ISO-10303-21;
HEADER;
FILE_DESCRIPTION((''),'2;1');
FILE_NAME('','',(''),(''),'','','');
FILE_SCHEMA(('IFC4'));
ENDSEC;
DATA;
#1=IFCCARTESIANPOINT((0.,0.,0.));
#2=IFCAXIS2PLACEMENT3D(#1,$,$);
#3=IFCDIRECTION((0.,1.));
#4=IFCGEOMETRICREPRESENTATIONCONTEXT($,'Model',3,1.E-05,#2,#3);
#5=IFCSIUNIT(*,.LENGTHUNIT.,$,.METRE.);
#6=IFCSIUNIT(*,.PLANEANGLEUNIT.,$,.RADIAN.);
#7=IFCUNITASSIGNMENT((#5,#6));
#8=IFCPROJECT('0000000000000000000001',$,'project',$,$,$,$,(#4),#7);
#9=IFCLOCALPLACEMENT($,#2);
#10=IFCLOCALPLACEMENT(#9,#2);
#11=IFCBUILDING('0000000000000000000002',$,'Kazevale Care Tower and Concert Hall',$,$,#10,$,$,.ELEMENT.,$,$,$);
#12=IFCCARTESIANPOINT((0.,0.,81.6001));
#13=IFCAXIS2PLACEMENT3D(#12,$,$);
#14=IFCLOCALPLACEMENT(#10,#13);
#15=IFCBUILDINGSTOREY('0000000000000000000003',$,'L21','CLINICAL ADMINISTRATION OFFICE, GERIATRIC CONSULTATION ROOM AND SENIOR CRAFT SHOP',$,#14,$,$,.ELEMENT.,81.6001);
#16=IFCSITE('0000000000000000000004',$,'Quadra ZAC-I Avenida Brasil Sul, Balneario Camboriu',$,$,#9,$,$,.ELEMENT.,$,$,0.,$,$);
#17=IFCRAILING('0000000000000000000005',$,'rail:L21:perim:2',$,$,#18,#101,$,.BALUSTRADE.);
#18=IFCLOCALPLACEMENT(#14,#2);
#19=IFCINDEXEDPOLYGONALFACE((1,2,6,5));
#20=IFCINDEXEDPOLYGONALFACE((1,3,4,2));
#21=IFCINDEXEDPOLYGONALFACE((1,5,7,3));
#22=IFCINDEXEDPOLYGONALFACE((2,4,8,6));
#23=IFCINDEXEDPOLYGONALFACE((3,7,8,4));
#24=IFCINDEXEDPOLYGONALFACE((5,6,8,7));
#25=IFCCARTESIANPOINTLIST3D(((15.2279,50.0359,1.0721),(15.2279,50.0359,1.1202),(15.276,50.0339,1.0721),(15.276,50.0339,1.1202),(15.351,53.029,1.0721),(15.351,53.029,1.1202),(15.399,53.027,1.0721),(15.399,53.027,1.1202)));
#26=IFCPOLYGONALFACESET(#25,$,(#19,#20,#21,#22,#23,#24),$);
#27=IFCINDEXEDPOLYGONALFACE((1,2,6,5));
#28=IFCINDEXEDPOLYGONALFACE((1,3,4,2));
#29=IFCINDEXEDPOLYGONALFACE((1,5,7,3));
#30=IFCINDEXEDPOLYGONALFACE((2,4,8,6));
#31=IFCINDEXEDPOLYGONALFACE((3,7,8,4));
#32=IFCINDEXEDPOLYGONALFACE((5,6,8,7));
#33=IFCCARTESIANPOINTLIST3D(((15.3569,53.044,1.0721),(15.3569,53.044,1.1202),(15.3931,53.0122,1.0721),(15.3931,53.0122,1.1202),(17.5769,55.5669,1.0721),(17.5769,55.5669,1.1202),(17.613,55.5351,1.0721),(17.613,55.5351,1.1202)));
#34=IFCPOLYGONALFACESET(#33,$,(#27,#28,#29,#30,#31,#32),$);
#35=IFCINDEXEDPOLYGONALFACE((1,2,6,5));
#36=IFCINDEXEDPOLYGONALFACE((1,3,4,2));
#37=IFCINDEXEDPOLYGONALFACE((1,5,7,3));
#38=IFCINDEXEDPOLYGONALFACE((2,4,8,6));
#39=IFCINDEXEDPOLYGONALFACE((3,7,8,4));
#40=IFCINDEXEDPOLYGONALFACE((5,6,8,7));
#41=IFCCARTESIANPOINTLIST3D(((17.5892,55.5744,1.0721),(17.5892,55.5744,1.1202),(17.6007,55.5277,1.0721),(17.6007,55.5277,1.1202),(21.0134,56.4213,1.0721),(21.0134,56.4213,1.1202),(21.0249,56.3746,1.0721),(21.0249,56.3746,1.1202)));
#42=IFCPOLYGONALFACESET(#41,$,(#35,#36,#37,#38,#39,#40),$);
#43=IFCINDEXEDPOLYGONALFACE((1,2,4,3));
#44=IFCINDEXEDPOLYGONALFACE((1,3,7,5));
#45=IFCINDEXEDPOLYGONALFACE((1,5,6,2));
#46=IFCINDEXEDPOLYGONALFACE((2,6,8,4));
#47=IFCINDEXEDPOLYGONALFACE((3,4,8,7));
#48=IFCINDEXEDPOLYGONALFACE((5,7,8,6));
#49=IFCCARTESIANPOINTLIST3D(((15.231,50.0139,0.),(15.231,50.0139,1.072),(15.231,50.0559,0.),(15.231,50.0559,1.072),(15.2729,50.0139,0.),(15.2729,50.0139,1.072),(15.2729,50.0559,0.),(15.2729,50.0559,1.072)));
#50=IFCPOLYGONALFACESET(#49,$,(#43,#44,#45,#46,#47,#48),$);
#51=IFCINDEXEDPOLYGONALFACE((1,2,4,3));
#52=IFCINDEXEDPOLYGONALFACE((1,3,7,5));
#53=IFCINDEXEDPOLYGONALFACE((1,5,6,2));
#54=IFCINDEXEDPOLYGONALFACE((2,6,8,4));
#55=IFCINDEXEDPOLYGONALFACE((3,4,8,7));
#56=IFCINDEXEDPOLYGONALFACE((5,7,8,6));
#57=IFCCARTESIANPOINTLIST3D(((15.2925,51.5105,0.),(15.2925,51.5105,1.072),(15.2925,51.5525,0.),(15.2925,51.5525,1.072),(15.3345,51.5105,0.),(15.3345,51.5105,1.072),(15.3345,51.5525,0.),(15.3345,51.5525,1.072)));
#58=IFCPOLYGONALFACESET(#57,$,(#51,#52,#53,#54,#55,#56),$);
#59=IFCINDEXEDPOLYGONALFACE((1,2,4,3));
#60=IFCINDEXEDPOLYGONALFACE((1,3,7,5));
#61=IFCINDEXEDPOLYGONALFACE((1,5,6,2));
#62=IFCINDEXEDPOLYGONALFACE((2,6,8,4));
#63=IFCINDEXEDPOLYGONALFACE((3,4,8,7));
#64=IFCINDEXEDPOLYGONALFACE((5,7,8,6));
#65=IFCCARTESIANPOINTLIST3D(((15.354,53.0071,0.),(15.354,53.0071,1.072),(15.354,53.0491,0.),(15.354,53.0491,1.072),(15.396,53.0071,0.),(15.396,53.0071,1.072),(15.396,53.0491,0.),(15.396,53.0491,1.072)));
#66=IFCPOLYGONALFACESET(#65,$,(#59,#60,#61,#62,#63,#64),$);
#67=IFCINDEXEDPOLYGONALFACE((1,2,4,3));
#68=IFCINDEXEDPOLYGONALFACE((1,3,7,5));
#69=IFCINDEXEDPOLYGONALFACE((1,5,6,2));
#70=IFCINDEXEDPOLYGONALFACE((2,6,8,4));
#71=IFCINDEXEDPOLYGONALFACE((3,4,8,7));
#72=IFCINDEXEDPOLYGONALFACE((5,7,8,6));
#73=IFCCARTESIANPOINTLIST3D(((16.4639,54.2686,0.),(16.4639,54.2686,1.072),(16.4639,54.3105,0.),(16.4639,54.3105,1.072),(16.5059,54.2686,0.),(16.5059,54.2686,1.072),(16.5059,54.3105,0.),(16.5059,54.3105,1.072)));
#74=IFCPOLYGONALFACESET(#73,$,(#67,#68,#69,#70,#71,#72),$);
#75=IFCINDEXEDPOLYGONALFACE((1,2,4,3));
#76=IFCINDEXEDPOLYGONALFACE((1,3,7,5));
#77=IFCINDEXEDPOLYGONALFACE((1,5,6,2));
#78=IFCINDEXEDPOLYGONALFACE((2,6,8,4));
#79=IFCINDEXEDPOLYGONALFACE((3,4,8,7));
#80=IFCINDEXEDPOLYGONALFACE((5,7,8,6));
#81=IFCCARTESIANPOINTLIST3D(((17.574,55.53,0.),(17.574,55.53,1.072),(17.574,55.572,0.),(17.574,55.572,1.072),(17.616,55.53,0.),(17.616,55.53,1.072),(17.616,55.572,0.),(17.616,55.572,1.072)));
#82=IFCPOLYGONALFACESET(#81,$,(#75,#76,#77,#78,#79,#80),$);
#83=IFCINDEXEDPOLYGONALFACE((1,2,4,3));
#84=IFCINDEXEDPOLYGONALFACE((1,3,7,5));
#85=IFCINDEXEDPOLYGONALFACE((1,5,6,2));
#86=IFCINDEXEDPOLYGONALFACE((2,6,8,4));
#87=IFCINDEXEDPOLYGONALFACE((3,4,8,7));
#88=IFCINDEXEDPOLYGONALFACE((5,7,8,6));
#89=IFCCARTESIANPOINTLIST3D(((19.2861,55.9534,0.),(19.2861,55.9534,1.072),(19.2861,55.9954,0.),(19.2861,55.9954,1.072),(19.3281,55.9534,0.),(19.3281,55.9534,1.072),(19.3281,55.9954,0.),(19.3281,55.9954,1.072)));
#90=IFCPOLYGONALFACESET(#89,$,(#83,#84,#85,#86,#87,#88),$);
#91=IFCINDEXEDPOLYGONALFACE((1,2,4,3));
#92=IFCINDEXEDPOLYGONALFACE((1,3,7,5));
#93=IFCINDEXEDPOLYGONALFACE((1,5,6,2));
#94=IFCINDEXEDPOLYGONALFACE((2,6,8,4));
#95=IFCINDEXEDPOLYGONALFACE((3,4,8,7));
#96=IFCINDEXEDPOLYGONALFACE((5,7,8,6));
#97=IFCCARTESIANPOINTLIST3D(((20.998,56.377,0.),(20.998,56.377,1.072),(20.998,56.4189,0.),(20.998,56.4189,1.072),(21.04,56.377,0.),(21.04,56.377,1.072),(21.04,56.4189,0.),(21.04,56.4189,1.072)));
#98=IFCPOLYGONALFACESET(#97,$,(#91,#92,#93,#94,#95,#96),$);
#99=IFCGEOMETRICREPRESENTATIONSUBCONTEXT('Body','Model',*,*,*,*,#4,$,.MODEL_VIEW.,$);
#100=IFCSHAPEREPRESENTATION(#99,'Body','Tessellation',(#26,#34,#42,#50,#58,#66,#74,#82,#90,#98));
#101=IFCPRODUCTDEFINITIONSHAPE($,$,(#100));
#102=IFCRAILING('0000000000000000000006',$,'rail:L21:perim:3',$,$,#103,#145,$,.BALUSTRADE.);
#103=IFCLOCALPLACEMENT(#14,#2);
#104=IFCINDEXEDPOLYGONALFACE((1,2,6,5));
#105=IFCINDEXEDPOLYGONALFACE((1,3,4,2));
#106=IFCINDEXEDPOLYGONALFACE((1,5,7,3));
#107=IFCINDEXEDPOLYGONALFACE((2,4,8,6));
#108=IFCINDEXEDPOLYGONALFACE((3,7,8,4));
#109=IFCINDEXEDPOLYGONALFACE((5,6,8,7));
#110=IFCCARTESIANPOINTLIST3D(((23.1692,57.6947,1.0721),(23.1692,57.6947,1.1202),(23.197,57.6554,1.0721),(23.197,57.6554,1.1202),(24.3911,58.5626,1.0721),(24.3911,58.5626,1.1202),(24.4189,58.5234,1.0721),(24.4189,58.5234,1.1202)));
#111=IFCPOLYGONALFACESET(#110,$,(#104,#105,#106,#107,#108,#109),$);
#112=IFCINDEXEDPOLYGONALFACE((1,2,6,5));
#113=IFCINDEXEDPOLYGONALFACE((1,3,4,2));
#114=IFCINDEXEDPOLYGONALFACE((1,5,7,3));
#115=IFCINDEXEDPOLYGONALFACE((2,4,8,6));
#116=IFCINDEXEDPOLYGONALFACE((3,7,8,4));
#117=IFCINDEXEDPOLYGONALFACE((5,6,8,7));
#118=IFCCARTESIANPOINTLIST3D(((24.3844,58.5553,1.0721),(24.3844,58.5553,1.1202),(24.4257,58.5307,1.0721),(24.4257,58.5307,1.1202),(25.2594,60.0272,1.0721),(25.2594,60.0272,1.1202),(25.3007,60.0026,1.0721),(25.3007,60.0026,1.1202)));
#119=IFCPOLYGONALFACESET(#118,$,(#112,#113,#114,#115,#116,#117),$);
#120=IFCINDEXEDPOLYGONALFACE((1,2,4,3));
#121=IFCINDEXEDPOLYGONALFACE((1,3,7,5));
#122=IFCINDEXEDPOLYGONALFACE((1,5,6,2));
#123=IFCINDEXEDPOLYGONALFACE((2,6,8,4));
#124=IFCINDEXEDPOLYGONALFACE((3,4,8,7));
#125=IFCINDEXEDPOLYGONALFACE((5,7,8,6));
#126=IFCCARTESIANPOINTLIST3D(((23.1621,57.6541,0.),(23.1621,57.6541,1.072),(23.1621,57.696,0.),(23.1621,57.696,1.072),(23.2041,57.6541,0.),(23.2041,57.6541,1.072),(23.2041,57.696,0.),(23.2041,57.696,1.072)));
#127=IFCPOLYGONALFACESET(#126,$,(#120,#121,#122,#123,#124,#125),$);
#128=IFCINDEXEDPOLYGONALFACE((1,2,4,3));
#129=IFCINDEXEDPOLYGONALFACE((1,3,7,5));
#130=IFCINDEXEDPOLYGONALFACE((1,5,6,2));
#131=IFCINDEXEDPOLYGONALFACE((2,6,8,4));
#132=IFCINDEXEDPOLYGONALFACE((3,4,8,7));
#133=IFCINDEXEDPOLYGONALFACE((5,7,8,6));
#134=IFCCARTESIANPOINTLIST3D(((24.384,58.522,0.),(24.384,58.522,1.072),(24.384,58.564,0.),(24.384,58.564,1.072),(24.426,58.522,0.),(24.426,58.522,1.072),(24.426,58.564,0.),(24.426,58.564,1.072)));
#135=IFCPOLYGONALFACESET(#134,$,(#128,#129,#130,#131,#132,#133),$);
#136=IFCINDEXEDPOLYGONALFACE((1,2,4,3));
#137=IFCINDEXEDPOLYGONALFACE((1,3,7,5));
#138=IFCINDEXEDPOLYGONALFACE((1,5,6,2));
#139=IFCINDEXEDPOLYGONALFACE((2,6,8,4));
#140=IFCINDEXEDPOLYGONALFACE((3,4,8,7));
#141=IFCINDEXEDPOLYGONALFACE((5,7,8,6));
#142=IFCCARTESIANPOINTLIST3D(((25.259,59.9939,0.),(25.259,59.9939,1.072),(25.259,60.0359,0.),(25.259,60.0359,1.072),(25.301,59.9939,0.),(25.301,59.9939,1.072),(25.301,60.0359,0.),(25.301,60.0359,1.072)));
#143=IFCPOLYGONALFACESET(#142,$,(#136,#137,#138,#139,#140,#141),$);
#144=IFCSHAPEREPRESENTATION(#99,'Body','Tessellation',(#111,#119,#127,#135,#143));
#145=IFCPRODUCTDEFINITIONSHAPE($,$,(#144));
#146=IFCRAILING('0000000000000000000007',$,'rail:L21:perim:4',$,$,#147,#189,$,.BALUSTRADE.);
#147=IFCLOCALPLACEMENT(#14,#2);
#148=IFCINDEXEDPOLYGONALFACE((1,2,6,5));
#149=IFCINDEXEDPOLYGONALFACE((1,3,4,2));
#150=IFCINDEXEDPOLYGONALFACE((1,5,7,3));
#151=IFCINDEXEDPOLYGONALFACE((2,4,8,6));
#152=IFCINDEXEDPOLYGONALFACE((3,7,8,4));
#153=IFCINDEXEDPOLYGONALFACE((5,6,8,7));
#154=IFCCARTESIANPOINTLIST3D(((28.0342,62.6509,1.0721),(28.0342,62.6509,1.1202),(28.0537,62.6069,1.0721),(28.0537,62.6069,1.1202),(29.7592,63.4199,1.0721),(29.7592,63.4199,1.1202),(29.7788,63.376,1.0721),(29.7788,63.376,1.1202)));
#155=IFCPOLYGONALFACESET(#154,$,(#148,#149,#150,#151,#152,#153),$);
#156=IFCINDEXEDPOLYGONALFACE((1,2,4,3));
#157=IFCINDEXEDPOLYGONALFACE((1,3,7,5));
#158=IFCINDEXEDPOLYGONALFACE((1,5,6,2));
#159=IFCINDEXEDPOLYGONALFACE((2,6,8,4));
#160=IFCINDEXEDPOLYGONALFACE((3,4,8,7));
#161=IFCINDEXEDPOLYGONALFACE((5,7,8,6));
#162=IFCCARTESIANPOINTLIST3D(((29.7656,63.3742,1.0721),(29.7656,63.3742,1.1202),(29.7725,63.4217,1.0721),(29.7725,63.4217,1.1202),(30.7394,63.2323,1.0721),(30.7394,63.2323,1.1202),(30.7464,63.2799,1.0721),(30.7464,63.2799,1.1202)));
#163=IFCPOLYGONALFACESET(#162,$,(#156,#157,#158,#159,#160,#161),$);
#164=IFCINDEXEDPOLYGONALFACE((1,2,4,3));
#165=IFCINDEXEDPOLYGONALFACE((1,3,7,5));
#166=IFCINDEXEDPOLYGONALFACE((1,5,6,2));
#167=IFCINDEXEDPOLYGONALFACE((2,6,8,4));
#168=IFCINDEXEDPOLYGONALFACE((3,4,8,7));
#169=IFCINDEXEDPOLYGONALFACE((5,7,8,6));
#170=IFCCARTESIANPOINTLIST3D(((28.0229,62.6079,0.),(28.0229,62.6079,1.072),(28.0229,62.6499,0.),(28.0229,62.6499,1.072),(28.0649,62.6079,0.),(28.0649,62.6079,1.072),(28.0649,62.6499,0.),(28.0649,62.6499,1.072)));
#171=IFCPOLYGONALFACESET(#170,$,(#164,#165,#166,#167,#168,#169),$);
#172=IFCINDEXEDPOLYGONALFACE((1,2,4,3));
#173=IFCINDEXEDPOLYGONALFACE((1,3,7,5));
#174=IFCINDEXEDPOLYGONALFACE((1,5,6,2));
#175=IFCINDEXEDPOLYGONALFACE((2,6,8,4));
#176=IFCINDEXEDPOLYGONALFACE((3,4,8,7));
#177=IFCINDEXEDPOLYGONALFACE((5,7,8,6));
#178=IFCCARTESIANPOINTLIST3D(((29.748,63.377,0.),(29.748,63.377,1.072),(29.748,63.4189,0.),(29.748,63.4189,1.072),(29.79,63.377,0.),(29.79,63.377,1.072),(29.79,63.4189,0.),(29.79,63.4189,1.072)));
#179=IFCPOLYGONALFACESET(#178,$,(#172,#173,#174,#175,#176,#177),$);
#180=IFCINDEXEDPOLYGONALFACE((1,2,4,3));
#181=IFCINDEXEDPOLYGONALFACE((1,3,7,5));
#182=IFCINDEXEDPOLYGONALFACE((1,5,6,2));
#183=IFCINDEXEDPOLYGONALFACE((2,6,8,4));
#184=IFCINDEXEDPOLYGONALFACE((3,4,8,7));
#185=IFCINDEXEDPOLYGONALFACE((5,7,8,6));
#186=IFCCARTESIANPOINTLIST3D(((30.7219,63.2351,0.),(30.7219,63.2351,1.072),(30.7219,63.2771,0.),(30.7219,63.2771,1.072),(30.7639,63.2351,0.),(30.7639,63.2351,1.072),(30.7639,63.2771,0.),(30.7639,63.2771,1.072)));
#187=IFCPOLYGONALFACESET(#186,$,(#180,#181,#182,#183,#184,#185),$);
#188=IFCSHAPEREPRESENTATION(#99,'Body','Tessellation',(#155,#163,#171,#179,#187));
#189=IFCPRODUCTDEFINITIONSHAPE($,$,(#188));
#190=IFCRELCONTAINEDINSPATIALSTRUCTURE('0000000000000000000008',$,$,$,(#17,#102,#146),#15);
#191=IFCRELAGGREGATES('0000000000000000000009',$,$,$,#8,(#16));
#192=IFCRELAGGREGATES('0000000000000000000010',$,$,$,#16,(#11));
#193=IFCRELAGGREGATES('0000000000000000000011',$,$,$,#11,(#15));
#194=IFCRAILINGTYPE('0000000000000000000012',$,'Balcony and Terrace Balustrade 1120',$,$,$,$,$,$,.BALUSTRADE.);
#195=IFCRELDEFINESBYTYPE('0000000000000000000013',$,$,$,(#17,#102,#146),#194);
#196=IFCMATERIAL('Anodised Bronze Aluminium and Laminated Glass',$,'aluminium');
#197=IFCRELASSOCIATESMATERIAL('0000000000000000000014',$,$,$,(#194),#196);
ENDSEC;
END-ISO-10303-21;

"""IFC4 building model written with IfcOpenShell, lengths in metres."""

from ifc_helpers import new_model, si_unit, direction, frame, origin, origin_2d, place, context, subcontext, project, spatial, rectangle, extrude, material, type_object, element, save


model = new_model("IFC4")

# Units and contexts
model_context = context("Model", 3, precision=1e-05, world=origin(), true_north=direction((0.0, 1.0)))
body_context = subcontext(model_context, "Body", "Model", "MODEL_VIEW")
ifc_project = project(units=[si_unit("LENGTHUNIT", "METRE"), si_unit("PLANEANGLEUNIT", "RADIAN")], contexts=[model_context])

# Site, building, storey
site_placement = place(None, origin())
site = spatial("IfcSite", under=ifc_project, at=site_placement, Name="Quadra ZAC-I Avenida Brasil Sul, Balneario Camboriu", CompositionType="ELEMENT", RefElevation=0.0)
building_placement = place(site_placement, origin())
building = spatial("IfcBuilding", under=site, at=building_placement, Name="Kazevale Care Tower and Concert Hall", CompositionType="ELEMENT")
storey_placement = place(building_placement, frame((0.0, 0.0, 81.6001)))
storey = spatial("IfcBuildingStorey", under=building, at=storey_placement, Name="L21", Description="CLINICAL ADMINISTRATION OFFICE, GERIATRIC CONSULTATION ROOM AND SENIOR CRAFT SHOP", CompositionType="ELEMENT", Elevation=81.6001)

# Railings
ifc_material_1 = material(Name="Anodised Bronze Aluminium and Laminated Glass", Category="aluminium")
railing_type = type_object("IfcRailingType", Name="Balcony and Terrace Balustrade 1120", PredefinedType="BALUSTRADE", material=ifc_material_1)
railing_1_placement = place(storey_placement, frame((15.252, 50.0349, 0.0)))
element("IfcRailing", 1, at=railing_1_placement, inside=storey, type_object=railing_type, Name="rail:L21:perim:2", PredefinedType="BALUSTRADE", context=body_context, shape_type="SweptSolid", body=[
    extrude(rectangle(XDim=0.0481, YDim=0.0481, at=origin_2d()), frame((0.0, 0.0, 1.0962), z_axis=(0.041075, 0.999156, 0.0), x_axis=(-0.999156, 0.041075, 0.0)), (0.0, 0.0, 1.0), 2.9956),
    extrude(rectangle(XDim=0.0481, YDim=0.0481, at=origin_2d()), frame((0.123, 2.9932, 1.0962), z_axis=(0.66059, 0.750747, 0.0), x_axis=(-0.750747, 0.66059, 0.0)), (0.0, 0.0, 1.0), 3.3606),
    extrude(rectangle(XDim=0.0481, YDim=0.0481, at=origin_2d()), frame((2.343, 5.5161, 1.0962), z_axis=(0.970746, 0.240108, 0.0), x_axis=(-0.240108, 0.970746, 0.0)), (0.0, 0.0, 1.0), 3.5273),
    extrude(rectangle(XDim=0.042, YDim=0.042, at=origin_2d()), origin(), (0.0, 0.0, 1.0), 1.072),
    extrude(rectangle(XDim=0.042, YDim=0.042, at=origin_2d()), frame((0.0615, 1.4966, 0.0)), (0.0, 0.0, 1.0), 1.072),
    extrude(rectangle(XDim=0.042, YDim=0.042, at=origin_2d()), frame((0.123, 2.9932, 0.0)), (0.0, 0.0, 1.0), 1.072),
    extrude(rectangle(XDim=0.042, YDim=0.042, at=origin_2d()), frame((1.2329, 4.2546, 0.0)), (0.0, 0.0, 1.0), 1.072),
    extrude(rectangle(XDim=0.042, YDim=0.042, at=origin_2d()), frame((2.343, 5.5161, 0.0)), (0.0, 0.0, 1.0), 1.072),
    extrude(rectangle(XDim=0.042, YDim=0.042, at=origin_2d()), frame((4.0552, 5.9395, 0.0)), (0.0, 0.0, 1.0), 1.072),
    extrude(rectangle(XDim=0.042, YDim=0.042, at=origin_2d()), frame((5.7671, 6.363, 0.0)), (0.0, 0.0, 1.0), 1.072),
])
railing_2_placement = place(storey_placement, frame((23.1831, 57.675, 0.0)))
element("IfcRailing", 2, at=railing_2_placement, inside=storey, type_object=railing_type, Name="rail:L21:perim:3", PredefinedType="BALUSTRADE", context=body_context, shape_type="SweptSolid", body=[
    extrude(rectangle(XDim=0.0481, YDim=0.0481, at=origin_2d()), frame((0.0, 0.0, 1.0962), z_axis=(0.815271, 0.579079, 0.0), x_axis=(-0.579079, 0.815271, 0.0)), (0.0, 0.0, 1.0), 1.4988),
    extrude(rectangle(XDim=0.0481, YDim=0.0481, at=origin_2d()), frame((1.2219, 0.8679, 1.0962), z_axis=(0.51099, 0.859587, 0.0), x_axis=(-0.859587, 0.51099, 0.0)), (0.0, 0.0, 1.0), 1.7124),
    extrude(rectangle(XDim=0.042, YDim=0.042, at=origin_2d()), origin(), (0.0, 0.0, 1.0), 1.072),
    extrude(rectangle(XDim=0.042, YDim=0.042, at=origin_2d()), frame((1.2219, 0.8679, 0.0)), (0.0, 0.0, 1.0), 1.072),
    extrude(rectangle(XDim=0.042, YDim=0.042, at=origin_2d()), frame((2.0969, 2.3398, 0.0)), (0.0, 0.0, 1.0), 1.072),
])
railing_3_placement = place(storey_placement, frame((28.0439, 62.6289, 0.0)))
element("IfcRailing", 3, at=railing_3_placement, inside=storey, type_object=railing_type, Name="rail:L21:perim:4", PredefinedType="BALUSTRADE", context=body_context, shape_type="SweptSolid", body=[
    extrude(rectangle(XDim=0.0481, YDim=0.0481, at=origin_2d()), frame((0.0, 0.0, 1.0962), z_axis=(0.913353, 0.40717, 0.0), x_axis=(-0.40717, 0.913353, 0.0)), (0.0, 0.0, 1.0), 1.8887),
    extrude(rectangle(XDim=0.0481, YDim=0.0481, at=origin_2d()), frame((1.7251, 0.769, 1.0962), z_axis=(0.989559, -0.14413, 0.0), x_axis=(0.14413, 0.989559, 0.0)), (0.0, 0.0, 1.0), 0.9841),
    extrude(rectangle(XDim=0.042, YDim=0.042, at=origin_2d()), origin(), (0.0, 0.0, 1.0), 1.072),
    extrude(rectangle(XDim=0.042, YDim=0.042, at=origin_2d()), frame((1.7251, 0.769, 0.0)), (0.0, 0.0, 1.0), 1.072),
    extrude(rectangle(XDim=0.042, YDim=0.042, at=origin_2d()), frame((2.699, 0.6272, 0.0)), (0.0, 0.0, 1.0), 1.072),
])

save(model, "model.ifc")
